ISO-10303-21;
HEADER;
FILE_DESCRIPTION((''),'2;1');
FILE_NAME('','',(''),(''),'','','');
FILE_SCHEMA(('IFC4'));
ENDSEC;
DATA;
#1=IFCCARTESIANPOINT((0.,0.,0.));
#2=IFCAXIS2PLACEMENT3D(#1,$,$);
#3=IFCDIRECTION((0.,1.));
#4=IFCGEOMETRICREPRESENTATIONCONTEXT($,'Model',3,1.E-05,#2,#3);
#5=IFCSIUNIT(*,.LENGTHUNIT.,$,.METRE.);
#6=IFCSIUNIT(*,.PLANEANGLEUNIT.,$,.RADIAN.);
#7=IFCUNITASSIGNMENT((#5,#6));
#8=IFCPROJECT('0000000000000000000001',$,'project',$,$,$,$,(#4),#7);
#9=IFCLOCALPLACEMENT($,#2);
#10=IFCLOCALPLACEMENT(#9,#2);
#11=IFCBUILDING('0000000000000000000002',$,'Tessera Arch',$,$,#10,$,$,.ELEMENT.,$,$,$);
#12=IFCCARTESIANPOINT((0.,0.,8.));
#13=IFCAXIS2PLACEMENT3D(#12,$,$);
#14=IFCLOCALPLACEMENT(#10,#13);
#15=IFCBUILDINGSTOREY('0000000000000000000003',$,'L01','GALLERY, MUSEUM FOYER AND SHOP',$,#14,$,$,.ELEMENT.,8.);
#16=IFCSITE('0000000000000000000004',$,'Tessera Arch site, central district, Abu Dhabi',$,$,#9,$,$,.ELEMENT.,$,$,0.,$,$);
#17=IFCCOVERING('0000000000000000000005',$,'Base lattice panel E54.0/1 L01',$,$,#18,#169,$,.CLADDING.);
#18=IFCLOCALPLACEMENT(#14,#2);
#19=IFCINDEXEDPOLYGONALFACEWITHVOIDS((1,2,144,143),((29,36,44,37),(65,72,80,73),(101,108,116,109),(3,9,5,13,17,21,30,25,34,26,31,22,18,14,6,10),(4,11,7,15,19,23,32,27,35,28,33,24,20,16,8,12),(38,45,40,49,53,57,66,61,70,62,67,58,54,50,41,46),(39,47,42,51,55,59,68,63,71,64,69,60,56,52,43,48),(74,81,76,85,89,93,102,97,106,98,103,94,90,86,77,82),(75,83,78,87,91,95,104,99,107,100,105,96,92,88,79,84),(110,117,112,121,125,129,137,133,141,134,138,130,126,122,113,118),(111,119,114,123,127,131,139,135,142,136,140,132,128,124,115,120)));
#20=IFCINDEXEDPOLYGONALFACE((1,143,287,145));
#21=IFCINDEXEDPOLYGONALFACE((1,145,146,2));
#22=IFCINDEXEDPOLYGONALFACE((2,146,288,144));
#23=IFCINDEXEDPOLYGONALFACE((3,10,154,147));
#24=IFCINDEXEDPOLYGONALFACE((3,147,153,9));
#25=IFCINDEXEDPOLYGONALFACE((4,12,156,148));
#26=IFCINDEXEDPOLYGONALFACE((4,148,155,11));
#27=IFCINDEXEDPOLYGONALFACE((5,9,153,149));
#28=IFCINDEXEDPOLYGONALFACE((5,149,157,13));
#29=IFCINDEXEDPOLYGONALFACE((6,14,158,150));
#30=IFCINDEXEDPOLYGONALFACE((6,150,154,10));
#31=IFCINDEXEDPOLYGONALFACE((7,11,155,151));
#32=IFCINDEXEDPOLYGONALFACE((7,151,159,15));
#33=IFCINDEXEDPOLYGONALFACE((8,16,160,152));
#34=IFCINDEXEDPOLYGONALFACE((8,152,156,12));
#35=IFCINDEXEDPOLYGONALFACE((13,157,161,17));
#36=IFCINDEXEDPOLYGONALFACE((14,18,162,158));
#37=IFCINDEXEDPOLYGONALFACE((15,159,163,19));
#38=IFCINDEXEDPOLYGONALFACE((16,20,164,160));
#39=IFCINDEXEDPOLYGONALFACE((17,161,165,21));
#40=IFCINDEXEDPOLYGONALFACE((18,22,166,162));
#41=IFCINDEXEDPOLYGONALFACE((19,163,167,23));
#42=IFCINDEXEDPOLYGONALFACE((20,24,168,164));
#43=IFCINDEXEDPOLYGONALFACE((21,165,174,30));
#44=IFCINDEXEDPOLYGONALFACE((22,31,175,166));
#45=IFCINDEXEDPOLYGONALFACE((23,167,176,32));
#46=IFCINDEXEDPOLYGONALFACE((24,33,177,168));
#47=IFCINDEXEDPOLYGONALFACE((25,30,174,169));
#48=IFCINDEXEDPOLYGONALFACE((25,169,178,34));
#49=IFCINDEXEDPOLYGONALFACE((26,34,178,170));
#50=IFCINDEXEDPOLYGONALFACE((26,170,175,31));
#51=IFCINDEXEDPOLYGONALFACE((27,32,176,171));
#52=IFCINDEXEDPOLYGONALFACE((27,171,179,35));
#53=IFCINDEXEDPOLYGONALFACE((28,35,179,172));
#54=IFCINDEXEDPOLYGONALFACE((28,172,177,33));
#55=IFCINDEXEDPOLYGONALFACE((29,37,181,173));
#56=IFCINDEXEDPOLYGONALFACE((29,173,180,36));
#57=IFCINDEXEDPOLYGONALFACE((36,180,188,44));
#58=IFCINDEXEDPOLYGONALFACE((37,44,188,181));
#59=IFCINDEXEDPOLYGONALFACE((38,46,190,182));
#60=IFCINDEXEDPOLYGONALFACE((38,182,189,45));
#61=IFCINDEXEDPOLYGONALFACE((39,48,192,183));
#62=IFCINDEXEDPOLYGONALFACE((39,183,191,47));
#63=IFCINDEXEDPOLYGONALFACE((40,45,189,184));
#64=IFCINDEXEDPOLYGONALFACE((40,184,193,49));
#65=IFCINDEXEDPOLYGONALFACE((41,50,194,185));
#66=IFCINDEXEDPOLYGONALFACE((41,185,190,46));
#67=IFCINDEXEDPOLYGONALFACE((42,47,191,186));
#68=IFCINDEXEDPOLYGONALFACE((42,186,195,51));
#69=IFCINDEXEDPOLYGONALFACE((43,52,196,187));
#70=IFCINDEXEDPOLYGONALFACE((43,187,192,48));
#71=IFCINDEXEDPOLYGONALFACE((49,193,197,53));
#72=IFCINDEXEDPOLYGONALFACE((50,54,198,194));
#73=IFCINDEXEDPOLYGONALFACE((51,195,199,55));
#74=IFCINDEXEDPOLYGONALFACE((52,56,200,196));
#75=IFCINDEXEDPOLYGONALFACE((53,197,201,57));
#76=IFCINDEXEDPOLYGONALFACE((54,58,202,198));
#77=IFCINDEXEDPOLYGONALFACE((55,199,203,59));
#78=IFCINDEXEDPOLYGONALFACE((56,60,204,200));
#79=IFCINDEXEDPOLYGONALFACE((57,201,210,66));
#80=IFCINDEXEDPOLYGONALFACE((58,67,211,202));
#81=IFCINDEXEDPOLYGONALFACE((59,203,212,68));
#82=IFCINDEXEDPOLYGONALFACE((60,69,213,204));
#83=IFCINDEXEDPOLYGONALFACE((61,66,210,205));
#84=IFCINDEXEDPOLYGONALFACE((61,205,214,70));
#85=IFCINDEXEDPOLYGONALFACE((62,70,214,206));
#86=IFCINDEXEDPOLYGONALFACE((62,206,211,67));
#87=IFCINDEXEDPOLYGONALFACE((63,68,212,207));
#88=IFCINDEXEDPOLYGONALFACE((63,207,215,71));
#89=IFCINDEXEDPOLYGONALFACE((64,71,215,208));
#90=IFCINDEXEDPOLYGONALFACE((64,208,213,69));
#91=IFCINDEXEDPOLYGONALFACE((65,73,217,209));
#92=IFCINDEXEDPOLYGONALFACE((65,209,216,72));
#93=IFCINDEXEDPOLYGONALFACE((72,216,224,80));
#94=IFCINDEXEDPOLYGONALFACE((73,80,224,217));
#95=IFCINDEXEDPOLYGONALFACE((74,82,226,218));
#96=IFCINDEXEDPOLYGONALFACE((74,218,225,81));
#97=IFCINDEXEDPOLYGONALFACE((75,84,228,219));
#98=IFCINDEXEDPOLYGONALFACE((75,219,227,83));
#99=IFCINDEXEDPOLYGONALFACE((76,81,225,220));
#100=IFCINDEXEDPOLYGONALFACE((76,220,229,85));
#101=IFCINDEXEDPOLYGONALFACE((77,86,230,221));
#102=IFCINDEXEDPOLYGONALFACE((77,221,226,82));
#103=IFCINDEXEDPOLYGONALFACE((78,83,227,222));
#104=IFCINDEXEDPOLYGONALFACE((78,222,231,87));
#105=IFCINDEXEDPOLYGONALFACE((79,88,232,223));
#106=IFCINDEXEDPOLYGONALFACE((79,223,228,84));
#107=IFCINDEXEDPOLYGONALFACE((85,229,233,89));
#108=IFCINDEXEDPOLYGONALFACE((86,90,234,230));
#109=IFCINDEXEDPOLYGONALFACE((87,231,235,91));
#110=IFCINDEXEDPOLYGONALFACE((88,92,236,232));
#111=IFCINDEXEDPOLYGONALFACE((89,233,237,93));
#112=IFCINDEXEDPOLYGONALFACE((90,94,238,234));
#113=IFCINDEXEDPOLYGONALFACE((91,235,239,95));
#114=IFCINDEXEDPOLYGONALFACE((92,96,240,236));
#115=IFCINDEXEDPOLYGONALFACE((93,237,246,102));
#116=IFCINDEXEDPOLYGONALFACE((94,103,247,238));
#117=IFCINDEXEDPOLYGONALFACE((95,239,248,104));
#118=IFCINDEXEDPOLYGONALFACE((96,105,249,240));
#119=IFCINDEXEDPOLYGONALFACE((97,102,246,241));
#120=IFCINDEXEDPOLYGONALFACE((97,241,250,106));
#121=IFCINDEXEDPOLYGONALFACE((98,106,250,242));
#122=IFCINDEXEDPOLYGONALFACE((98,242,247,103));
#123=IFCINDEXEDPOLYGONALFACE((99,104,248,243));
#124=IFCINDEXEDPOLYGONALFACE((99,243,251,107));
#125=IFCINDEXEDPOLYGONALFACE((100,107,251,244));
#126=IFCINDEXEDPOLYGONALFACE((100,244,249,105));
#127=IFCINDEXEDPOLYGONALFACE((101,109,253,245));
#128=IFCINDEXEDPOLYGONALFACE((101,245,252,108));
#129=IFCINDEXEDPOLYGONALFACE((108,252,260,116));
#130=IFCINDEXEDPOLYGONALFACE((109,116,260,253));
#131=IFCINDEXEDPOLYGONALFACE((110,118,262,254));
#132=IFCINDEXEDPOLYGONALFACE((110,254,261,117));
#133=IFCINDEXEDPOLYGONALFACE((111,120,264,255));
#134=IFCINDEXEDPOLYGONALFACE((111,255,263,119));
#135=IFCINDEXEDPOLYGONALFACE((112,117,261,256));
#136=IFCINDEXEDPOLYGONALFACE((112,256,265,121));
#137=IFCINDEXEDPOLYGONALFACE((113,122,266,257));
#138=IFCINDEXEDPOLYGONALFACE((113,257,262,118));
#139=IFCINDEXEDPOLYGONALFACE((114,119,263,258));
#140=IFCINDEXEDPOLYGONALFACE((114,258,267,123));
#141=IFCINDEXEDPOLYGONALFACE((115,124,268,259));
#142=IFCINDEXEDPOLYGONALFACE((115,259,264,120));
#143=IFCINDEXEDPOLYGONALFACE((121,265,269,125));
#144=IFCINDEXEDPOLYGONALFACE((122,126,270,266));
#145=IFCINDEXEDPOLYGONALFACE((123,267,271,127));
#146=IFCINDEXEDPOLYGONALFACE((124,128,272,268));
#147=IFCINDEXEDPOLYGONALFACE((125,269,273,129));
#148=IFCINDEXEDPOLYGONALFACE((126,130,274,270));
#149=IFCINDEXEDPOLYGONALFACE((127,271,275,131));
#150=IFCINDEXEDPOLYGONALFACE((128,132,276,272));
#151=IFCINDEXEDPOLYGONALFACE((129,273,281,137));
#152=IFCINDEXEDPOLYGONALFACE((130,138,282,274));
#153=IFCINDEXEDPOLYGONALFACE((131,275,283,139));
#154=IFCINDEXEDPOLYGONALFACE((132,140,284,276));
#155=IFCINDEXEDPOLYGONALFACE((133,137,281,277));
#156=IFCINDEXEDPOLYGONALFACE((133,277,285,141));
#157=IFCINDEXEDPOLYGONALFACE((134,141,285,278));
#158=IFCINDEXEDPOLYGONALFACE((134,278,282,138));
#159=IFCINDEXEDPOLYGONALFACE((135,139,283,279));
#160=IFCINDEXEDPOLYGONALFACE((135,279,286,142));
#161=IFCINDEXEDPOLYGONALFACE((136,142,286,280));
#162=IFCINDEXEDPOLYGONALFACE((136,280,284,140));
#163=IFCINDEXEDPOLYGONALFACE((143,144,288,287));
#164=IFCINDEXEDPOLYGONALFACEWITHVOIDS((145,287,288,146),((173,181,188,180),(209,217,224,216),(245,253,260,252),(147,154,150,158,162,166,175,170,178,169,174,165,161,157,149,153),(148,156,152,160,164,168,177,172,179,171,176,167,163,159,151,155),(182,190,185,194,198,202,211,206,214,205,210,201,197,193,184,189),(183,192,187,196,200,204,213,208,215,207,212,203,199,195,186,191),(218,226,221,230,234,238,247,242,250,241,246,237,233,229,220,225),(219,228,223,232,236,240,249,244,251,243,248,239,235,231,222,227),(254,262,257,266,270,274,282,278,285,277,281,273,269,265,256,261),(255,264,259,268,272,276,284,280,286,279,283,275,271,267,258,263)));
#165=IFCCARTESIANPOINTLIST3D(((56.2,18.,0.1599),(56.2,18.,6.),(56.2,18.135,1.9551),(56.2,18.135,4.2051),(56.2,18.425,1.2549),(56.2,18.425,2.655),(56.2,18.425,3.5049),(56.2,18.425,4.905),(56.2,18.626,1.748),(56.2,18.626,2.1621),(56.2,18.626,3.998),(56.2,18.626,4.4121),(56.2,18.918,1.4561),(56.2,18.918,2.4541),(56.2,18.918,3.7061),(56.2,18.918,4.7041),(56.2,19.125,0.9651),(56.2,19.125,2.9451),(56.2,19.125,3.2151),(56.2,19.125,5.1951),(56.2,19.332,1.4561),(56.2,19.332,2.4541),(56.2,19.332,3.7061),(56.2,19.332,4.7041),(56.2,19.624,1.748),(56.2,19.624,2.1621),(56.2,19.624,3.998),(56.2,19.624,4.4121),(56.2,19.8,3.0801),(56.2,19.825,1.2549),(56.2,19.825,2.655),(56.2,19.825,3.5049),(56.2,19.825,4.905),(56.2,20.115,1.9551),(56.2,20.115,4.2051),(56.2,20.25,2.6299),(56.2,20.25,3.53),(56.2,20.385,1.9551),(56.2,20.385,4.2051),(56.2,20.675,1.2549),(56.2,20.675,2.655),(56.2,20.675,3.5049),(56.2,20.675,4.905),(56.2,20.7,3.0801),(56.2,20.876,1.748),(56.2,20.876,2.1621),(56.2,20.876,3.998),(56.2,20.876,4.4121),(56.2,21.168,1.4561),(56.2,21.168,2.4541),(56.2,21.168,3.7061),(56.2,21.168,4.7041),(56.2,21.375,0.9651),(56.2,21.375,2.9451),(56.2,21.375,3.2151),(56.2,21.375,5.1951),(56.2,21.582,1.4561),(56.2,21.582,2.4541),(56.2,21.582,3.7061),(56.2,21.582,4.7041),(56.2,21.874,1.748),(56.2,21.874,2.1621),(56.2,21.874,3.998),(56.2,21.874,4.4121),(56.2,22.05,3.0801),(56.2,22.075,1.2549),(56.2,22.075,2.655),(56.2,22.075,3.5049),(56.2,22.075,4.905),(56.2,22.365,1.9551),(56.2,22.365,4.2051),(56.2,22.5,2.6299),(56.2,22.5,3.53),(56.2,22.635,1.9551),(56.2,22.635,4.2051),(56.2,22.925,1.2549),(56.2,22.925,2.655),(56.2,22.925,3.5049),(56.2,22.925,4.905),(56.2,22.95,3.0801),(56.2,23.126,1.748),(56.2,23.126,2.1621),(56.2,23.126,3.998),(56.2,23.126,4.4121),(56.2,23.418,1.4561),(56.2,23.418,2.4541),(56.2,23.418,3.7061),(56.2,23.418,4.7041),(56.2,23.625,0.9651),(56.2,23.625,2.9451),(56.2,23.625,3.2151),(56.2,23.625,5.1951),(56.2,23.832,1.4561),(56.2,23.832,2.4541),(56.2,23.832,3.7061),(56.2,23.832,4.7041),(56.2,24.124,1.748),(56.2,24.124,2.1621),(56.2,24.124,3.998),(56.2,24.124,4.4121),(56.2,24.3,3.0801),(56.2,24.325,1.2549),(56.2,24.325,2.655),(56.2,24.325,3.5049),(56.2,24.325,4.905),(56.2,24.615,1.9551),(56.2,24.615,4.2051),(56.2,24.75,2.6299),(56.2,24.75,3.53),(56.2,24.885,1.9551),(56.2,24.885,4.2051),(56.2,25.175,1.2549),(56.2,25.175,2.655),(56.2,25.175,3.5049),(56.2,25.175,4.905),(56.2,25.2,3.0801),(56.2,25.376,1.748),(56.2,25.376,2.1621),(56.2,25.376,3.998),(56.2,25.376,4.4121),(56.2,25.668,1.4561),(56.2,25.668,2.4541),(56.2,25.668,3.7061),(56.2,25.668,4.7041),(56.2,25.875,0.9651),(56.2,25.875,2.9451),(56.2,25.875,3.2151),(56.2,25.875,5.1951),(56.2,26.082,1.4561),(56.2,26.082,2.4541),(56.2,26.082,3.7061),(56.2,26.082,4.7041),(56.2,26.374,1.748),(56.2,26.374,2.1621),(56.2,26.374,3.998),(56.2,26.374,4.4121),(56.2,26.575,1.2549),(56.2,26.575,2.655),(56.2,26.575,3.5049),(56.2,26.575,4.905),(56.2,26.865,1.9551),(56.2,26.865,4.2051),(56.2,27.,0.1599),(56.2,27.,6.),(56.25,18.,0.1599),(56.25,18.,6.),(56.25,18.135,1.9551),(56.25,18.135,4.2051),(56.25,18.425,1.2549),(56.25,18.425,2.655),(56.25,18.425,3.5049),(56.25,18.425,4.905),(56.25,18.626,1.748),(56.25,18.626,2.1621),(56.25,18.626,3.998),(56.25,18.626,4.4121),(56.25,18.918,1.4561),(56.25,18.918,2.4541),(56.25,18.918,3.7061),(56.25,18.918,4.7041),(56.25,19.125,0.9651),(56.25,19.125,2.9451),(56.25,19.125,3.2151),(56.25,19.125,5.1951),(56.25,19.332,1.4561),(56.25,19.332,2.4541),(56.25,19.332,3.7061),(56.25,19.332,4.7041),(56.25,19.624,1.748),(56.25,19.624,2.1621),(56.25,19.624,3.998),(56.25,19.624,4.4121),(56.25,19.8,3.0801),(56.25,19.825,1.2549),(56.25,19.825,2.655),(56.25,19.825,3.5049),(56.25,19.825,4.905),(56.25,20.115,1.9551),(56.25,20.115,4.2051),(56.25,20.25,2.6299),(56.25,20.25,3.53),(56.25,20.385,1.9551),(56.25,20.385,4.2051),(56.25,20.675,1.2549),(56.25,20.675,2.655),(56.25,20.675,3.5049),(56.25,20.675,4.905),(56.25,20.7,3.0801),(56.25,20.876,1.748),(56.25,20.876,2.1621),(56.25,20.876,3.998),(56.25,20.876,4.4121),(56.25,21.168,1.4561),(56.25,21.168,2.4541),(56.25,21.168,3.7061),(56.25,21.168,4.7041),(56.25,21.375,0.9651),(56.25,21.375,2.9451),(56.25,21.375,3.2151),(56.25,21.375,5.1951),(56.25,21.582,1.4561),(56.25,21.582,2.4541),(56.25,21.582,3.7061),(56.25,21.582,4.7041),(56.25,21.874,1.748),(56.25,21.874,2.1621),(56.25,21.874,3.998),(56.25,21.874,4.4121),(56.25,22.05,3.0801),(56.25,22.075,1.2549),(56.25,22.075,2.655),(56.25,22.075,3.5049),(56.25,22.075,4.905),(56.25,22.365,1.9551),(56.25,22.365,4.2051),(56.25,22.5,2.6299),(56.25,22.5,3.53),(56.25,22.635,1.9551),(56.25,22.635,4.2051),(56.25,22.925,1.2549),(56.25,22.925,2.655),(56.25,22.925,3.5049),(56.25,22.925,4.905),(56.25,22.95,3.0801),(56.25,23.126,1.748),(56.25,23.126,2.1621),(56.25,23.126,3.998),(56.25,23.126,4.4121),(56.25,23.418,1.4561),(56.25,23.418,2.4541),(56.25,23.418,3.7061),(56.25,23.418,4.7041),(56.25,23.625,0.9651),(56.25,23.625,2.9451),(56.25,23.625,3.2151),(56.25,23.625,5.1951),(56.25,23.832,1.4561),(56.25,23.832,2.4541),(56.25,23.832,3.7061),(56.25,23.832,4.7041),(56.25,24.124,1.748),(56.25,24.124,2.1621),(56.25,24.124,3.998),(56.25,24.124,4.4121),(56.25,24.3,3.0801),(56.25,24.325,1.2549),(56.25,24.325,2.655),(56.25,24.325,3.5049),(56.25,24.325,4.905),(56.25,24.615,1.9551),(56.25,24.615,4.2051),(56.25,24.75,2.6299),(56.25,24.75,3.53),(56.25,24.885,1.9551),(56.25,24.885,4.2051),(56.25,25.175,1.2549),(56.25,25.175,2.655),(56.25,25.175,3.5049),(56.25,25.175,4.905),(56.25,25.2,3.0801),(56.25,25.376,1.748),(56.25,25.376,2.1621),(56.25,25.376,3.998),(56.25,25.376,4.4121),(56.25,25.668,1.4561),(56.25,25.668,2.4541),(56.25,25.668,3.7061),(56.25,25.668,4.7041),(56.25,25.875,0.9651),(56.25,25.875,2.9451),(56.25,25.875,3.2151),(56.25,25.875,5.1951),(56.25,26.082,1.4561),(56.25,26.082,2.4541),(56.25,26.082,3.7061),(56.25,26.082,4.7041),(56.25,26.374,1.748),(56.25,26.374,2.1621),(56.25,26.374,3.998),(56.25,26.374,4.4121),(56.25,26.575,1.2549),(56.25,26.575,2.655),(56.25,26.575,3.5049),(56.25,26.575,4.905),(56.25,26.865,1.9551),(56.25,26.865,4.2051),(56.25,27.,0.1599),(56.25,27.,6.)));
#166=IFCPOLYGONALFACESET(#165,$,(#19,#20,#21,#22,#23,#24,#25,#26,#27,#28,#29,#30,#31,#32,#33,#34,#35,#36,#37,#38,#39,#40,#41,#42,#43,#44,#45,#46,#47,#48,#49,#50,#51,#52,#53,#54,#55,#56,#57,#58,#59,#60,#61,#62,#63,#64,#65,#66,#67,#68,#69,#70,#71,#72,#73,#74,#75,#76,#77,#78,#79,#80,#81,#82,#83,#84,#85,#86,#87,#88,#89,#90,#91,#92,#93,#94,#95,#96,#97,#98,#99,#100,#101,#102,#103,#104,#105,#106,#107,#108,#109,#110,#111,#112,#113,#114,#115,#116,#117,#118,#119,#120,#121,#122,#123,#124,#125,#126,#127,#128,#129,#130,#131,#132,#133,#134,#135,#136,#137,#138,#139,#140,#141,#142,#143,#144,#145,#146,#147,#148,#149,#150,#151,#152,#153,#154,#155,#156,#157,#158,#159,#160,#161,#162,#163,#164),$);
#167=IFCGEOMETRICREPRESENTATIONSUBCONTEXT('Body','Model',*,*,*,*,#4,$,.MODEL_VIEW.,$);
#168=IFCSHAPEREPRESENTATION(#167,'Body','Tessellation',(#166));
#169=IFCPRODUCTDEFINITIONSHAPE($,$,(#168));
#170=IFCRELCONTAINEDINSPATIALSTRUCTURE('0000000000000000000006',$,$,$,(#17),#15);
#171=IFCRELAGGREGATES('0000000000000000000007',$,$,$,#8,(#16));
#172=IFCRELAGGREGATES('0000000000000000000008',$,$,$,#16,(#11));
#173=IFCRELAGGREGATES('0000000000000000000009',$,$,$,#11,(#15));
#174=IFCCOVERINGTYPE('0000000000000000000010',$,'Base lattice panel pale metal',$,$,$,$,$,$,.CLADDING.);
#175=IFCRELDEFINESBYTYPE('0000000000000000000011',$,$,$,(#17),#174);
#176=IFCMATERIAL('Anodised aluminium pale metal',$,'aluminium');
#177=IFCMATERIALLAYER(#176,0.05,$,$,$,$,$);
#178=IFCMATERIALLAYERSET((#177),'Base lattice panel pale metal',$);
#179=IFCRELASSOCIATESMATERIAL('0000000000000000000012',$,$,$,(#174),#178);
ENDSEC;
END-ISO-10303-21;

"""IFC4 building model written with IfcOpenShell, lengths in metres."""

from ifc_helpers import new_model, si_unit, direction, frame, origin, place, context, subcontext, project, spatial, polyline, outline, extrude, material, layer, layer_set, type_object, element, save


model = new_model("IFC4")

# Units and contexts
model_context = context("Model", 3, precision=1e-05, world=origin(), true_north=direction((0.0, 1.0)))
body_context = subcontext(model_context, "Body", "Model", "MODEL_VIEW")
ifc_project = project(units=[si_unit("LENGTHUNIT", "METRE"), si_unit("PLANEANGLEUNIT", "RADIAN")], contexts=[model_context])

# Site, building, storey
site_placement = place(None, origin())
site = spatial("IfcSite", under=ifc_project, at=site_placement, Name="Tessera Arch site, central district, Abu Dhabi", CompositionType="ELEMENT", RefElevation=0.0)
building_placement = place(site_placement, origin())
building = spatial("IfcBuilding", under=site, at=building_placement, Name="Tessera Arch", CompositionType="ELEMENT")
storey_placement = place(building_placement, frame((0.0, 0.0, 8.0)))
storey = spatial("IfcBuildingStorey", under=building, at=storey_placement, Name="L01", Description="GALLERY, MUSEUM FOYER AND SHOP", CompositionType="ELEMENT", Elevation=8.0)

# Covering
ifc_material_1 = material(Name="Anodised aluminium pale metal", Category="aluminium")
ifc_layer_1 = layer(ifc_material_1, 0.05)
ifc_layer_set_1 = layer_set([ifc_layer_1], Name="Base lattice panel pale metal")
covering_type = type_object("IfcCoveringType", Name="Base lattice panel pale metal", PredefinedType="CLADDING", material=ifc_layer_set_1)
covering_1_placement = place(storey_placement, frame((56.2, 18.0, 6.0), z_axis=(-1.0, 0.0, 0.0), x_axis=(0.0, 1.0, 0.0)))
element("IfcCovering", 1, at=covering_1_placement, inside=storey, type_object=covering_type, Name="Base lattice panel E54.0/1 L01", PredefinedType="CLADDING", context=body_context, shape_type="SweptSolid", body=[
    extrude(outline(polyline([(0.0, 0.0), (9.0, 0.0), (9.0, 5.8401), (0.0, 5.8401), (0.0, 0.0)]), holes=[polyline([(2.115, 4.0449), (1.624, 3.8379), (1.825, 3.345), (1.332, 3.5459), (1.125, 3.0549), (0.918, 3.5459), (0.425, 3.345), (0.626, 3.8379), (0.135, 4.0449), (0.626, 4.252), (0.425, 4.7451), (0.918, 4.5439), (1.125, 5.0349), (1.332, 4.5439), (1.825, 4.7451), (1.624, 4.252), (2.115, 4.0449)]), polyline([(2.115, 1.7949), (1.624, 1.5879), (1.825, 1.095), (1.332, 1.2959), (1.125, 0.8049), (0.918, 1.2959), (0.425, 1.095), (0.626, 1.5879), (0.135, 1.7949), (0.626, 2.002), (0.425, 2.4951), (0.918, 2.2939), (1.125, 2.7849), (1.332, 2.2939), (1.825, 2.4951), (1.624, 2.002), (2.115, 1.7949)]), polyline([(4.365, 4.0449), (3.874, 3.8379), (4.075, 3.345), (3.582, 3.5459), (3.375, 3.0549), (3.168, 3.5459), (2.675, 3.345), (2.876, 3.8379), (2.385, 4.0449), (2.876, 4.252), (2.675, 4.7451), (3.168, 4.5439), (3.375, 5.0349), (3.582, 4.5439), (4.075, 4.7451), (3.874, 4.252), (4.365, 4.0449)]), polyline([(4.365, 1.7949), (3.874, 1.5879), (4.075, 1.095), (3.582, 1.2959), (3.375, 0.8049), (3.168, 1.2959), (2.675, 1.095), (2.876, 1.5879), (2.385, 1.7949), (2.876, 2.002), (2.675, 2.4951), (3.168, 2.2939), (3.375, 2.7849), (3.582, 2.2939), (4.075, 2.4951), (3.874, 2.002), (4.365, 1.7949)]), polyline([(6.615, 4.0449), (6.124, 3.8379), (6.325, 3.345), (5.832, 3.5459), (5.625, 3.0549), (5.418, 3.5459), (4.925, 3.345), (5.126, 3.8379), (4.635, 4.0449), (5.126, 4.252), (4.925, 4.7451), (5.418, 4.5439), (5.625, 5.0349), (5.832, 4.5439), (6.325, 4.7451), (6.124, 4.252), (6.615, 4.0449)]), polyline([(6.615, 1.7949), (6.124, 1.5879), (6.325, 1.095), (5.832, 1.2959), (5.625, 0.8049), (5.418, 1.2959), (4.925, 1.095), (5.126, 1.5879), (4.635, 1.7949), (5.126, 2.002), (4.925, 2.4951), (5.418, 2.2939), (5.625, 2.7849), (5.832, 2.2939), (6.325, 2.4951), (6.124, 2.002), (6.615, 1.7949)]), polyline([(8.865, 4.0449), (8.374, 3.8379), (8.575, 3.345), (8.082, 3.5459), (7.875, 3.0549), (7.668, 3.5459), (7.175, 3.345), (7.376, 3.8379), (6.885, 4.0449), (7.376, 4.252), (7.175, 4.7451), (7.668, 4.5439), (7.875, 5.0349), (8.082, 4.5439), (8.575, 4.7451), (8.374, 4.252), (8.865, 4.0449)]), polyline([(8.865, 1.7949), (8.374, 1.5879), (8.575, 1.095), (8.082, 1.2959), (7.875, 0.8049), (7.668, 1.2959), (7.175, 1.095), (7.376, 1.5879), (6.885, 1.7949), (7.376, 2.002), (7.175, 2.4951), (7.668, 2.2939), (7.875, 2.7849), (8.082, 2.2939), (8.575, 2.4951), (8.374, 2.002), (8.865, 1.7949)]), polyline([(2.7, 2.9199), (2.25, 2.47), (1.8, 2.9199), (2.25, 3.3701), (2.7, 2.9199)]), polyline([(4.95, 2.9199), (4.5, 2.47), (4.05, 2.9199), (4.5, 3.3701), (4.95, 2.9199)]), polyline([(7.2, 2.9199), (6.75, 2.47), (6.3, 2.9199), (6.75, 3.3701), (7.2, 2.9199)])]), origin(), (0.0, 0.0, -1.0), 0.05),
])

save(model, "model.ifc")
